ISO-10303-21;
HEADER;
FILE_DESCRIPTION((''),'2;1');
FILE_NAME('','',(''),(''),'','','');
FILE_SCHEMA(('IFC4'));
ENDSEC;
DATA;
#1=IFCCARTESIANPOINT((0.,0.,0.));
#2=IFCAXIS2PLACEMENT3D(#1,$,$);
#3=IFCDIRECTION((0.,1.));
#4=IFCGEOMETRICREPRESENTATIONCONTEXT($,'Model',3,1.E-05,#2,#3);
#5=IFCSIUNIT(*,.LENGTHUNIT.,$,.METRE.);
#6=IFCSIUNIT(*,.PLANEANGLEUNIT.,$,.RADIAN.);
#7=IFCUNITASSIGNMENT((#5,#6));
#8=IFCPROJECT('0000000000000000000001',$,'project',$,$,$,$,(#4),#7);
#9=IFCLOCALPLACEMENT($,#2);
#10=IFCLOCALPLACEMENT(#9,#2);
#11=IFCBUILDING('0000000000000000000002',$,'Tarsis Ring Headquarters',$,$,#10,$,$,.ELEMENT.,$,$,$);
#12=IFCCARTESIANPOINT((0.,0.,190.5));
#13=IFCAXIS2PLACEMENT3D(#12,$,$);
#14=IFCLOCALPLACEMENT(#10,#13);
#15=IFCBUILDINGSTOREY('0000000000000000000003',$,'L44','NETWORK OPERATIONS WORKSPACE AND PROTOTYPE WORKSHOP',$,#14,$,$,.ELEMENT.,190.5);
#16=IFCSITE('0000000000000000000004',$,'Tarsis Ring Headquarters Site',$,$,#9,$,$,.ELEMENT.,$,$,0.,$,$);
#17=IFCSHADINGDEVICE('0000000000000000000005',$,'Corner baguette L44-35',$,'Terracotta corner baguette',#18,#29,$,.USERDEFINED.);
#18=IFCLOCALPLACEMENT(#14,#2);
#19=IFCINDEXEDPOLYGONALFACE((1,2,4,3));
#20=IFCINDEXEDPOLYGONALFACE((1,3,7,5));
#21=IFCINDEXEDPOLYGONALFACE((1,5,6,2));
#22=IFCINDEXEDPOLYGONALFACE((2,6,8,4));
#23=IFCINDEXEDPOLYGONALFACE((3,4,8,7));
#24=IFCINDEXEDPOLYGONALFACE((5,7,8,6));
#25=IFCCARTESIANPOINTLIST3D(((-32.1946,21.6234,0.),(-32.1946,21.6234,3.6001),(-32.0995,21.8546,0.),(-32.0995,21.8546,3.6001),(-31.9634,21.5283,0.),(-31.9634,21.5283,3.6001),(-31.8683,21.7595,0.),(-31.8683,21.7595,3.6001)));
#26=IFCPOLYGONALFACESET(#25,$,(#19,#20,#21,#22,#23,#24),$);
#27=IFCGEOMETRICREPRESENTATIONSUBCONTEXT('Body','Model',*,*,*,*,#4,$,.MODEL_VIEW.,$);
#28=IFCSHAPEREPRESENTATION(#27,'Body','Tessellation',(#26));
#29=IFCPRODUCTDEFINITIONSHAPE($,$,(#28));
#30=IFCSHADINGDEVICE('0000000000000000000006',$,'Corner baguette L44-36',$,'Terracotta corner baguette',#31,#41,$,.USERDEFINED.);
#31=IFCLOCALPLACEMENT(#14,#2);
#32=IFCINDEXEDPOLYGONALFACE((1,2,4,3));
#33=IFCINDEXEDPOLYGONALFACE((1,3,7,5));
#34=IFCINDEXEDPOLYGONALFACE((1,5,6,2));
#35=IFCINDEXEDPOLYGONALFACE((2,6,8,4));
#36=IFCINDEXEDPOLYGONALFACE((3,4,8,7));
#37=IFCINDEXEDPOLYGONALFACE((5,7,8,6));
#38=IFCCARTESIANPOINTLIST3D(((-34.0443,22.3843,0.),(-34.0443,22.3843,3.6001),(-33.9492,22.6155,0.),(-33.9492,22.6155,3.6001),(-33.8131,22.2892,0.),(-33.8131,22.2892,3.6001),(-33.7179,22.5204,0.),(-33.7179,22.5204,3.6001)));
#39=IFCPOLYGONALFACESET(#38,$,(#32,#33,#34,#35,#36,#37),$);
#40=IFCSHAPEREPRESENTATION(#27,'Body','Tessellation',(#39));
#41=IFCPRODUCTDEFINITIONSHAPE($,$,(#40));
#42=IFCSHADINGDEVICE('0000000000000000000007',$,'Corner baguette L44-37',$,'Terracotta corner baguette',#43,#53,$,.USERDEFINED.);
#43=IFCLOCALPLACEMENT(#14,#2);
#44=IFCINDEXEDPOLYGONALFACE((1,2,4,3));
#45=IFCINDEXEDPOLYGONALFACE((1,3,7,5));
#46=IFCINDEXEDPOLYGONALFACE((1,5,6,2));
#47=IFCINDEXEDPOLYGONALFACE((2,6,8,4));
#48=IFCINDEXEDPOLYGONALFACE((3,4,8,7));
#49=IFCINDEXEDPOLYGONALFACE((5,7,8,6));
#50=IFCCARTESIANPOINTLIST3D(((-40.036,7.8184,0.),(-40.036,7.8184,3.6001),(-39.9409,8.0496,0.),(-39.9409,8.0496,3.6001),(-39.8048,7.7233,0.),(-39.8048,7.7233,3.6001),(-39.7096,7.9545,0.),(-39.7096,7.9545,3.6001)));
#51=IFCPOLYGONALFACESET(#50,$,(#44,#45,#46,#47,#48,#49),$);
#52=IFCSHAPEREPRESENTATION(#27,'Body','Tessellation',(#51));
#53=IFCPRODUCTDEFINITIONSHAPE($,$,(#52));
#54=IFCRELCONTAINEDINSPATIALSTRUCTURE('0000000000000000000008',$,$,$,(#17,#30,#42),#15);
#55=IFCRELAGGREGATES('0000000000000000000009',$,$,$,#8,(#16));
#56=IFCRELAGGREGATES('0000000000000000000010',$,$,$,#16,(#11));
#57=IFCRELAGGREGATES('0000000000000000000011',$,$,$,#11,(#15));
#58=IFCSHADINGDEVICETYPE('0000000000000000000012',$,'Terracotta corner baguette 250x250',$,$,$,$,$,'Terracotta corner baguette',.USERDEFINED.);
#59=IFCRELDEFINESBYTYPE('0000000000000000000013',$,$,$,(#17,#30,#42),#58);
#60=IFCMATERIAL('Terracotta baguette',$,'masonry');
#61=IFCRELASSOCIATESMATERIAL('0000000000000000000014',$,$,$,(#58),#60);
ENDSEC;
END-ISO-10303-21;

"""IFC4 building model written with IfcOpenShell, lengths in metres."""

from ifc_helpers import new_model, si_unit, direction, frame, origin, origin_2d, place, context, subcontext, project, spatial, rectangle, extrude, material, type_object, element, save


model = new_model("IFC4")

# Units and contexts
model_context = context("Model", 3, precision=1e-05, world=origin(), true_north=direction((0.0, 1.0)))
body_context = subcontext(model_context, "Body", "Model", "MODEL_VIEW")
ifc_project = project(units=[si_unit("LENGTHUNIT", "METRE"), si_unit("PLANEANGLEUNIT", "RADIAN")], contexts=[model_context])

# Site, building, storey
site_placement = place(None, origin())
site = spatial("IfcSite", under=ifc_project, at=site_placement, Name="Tarsis Ring Headquarters Site", CompositionType="ELEMENT", RefElevation=0.0)
building_placement = place(site_placement, origin())
building = spatial("IfcBuilding", under=site, at=building_placement, Name="Tarsis Ring Headquarters", CompositionType="ELEMENT")
storey_placement = place(building_placement, frame((0.0, 0.0, 190.5)))
storey = spatial("IfcBuildingStorey", under=building, at=storey_placement, Name="L44", Description="NETWORK OPERATIONS WORKSPACE AND PROTOTYPE WORKSHOP", CompositionType="ELEMENT", Elevation=190.5)

# Shading devices
ifc_material_1 = material(Name="Terracotta baguette", Category="masonry")
shading_device_type = type_object("IfcShadingDeviceType", Name="Terracotta corner baguette 250x250", ElementType="Terracotta corner baguette", PredefinedType="USERDEFINED", material=ifc_material_1)
for number, where, z_axis, x_axis, name in (
    (1, (-32.0315, 21.6914, 0.0), (0.0, 0.0, 1.0), (-0.380425, -0.924812, 0.0), "Corner baguette L44-35"),
    (2, (-33.8811, 22.4524, 0.0), (0.0, 0.0, 1.0), (-0.924812, 0.380425, 0.0), "Corner baguette L44-36"),
    (3, (-39.8728, 7.8865, 0.0), (0.0, 0.0, 1.0), (-0.380425, -0.924812, 0.0), "Corner baguette L44-37"),
):
    element("IfcShadingDevice", number, at=place(storey_placement, frame(where, z_axis=z_axis, x_axis=x_axis)), inside=storey, type_object=shading_device_type, Name=name, ObjectType="Terracotta corner baguette", PredefinedType="USERDEFINED", context=body_context, shape_type="SweptSolid", body=[
        extrude(rectangle(XDim=0.25, YDim=0.25, at=origin_2d()), origin(), (0.0, 0.0, 1.0), 3.6001),
    ])

save(model, "model.ifc")
